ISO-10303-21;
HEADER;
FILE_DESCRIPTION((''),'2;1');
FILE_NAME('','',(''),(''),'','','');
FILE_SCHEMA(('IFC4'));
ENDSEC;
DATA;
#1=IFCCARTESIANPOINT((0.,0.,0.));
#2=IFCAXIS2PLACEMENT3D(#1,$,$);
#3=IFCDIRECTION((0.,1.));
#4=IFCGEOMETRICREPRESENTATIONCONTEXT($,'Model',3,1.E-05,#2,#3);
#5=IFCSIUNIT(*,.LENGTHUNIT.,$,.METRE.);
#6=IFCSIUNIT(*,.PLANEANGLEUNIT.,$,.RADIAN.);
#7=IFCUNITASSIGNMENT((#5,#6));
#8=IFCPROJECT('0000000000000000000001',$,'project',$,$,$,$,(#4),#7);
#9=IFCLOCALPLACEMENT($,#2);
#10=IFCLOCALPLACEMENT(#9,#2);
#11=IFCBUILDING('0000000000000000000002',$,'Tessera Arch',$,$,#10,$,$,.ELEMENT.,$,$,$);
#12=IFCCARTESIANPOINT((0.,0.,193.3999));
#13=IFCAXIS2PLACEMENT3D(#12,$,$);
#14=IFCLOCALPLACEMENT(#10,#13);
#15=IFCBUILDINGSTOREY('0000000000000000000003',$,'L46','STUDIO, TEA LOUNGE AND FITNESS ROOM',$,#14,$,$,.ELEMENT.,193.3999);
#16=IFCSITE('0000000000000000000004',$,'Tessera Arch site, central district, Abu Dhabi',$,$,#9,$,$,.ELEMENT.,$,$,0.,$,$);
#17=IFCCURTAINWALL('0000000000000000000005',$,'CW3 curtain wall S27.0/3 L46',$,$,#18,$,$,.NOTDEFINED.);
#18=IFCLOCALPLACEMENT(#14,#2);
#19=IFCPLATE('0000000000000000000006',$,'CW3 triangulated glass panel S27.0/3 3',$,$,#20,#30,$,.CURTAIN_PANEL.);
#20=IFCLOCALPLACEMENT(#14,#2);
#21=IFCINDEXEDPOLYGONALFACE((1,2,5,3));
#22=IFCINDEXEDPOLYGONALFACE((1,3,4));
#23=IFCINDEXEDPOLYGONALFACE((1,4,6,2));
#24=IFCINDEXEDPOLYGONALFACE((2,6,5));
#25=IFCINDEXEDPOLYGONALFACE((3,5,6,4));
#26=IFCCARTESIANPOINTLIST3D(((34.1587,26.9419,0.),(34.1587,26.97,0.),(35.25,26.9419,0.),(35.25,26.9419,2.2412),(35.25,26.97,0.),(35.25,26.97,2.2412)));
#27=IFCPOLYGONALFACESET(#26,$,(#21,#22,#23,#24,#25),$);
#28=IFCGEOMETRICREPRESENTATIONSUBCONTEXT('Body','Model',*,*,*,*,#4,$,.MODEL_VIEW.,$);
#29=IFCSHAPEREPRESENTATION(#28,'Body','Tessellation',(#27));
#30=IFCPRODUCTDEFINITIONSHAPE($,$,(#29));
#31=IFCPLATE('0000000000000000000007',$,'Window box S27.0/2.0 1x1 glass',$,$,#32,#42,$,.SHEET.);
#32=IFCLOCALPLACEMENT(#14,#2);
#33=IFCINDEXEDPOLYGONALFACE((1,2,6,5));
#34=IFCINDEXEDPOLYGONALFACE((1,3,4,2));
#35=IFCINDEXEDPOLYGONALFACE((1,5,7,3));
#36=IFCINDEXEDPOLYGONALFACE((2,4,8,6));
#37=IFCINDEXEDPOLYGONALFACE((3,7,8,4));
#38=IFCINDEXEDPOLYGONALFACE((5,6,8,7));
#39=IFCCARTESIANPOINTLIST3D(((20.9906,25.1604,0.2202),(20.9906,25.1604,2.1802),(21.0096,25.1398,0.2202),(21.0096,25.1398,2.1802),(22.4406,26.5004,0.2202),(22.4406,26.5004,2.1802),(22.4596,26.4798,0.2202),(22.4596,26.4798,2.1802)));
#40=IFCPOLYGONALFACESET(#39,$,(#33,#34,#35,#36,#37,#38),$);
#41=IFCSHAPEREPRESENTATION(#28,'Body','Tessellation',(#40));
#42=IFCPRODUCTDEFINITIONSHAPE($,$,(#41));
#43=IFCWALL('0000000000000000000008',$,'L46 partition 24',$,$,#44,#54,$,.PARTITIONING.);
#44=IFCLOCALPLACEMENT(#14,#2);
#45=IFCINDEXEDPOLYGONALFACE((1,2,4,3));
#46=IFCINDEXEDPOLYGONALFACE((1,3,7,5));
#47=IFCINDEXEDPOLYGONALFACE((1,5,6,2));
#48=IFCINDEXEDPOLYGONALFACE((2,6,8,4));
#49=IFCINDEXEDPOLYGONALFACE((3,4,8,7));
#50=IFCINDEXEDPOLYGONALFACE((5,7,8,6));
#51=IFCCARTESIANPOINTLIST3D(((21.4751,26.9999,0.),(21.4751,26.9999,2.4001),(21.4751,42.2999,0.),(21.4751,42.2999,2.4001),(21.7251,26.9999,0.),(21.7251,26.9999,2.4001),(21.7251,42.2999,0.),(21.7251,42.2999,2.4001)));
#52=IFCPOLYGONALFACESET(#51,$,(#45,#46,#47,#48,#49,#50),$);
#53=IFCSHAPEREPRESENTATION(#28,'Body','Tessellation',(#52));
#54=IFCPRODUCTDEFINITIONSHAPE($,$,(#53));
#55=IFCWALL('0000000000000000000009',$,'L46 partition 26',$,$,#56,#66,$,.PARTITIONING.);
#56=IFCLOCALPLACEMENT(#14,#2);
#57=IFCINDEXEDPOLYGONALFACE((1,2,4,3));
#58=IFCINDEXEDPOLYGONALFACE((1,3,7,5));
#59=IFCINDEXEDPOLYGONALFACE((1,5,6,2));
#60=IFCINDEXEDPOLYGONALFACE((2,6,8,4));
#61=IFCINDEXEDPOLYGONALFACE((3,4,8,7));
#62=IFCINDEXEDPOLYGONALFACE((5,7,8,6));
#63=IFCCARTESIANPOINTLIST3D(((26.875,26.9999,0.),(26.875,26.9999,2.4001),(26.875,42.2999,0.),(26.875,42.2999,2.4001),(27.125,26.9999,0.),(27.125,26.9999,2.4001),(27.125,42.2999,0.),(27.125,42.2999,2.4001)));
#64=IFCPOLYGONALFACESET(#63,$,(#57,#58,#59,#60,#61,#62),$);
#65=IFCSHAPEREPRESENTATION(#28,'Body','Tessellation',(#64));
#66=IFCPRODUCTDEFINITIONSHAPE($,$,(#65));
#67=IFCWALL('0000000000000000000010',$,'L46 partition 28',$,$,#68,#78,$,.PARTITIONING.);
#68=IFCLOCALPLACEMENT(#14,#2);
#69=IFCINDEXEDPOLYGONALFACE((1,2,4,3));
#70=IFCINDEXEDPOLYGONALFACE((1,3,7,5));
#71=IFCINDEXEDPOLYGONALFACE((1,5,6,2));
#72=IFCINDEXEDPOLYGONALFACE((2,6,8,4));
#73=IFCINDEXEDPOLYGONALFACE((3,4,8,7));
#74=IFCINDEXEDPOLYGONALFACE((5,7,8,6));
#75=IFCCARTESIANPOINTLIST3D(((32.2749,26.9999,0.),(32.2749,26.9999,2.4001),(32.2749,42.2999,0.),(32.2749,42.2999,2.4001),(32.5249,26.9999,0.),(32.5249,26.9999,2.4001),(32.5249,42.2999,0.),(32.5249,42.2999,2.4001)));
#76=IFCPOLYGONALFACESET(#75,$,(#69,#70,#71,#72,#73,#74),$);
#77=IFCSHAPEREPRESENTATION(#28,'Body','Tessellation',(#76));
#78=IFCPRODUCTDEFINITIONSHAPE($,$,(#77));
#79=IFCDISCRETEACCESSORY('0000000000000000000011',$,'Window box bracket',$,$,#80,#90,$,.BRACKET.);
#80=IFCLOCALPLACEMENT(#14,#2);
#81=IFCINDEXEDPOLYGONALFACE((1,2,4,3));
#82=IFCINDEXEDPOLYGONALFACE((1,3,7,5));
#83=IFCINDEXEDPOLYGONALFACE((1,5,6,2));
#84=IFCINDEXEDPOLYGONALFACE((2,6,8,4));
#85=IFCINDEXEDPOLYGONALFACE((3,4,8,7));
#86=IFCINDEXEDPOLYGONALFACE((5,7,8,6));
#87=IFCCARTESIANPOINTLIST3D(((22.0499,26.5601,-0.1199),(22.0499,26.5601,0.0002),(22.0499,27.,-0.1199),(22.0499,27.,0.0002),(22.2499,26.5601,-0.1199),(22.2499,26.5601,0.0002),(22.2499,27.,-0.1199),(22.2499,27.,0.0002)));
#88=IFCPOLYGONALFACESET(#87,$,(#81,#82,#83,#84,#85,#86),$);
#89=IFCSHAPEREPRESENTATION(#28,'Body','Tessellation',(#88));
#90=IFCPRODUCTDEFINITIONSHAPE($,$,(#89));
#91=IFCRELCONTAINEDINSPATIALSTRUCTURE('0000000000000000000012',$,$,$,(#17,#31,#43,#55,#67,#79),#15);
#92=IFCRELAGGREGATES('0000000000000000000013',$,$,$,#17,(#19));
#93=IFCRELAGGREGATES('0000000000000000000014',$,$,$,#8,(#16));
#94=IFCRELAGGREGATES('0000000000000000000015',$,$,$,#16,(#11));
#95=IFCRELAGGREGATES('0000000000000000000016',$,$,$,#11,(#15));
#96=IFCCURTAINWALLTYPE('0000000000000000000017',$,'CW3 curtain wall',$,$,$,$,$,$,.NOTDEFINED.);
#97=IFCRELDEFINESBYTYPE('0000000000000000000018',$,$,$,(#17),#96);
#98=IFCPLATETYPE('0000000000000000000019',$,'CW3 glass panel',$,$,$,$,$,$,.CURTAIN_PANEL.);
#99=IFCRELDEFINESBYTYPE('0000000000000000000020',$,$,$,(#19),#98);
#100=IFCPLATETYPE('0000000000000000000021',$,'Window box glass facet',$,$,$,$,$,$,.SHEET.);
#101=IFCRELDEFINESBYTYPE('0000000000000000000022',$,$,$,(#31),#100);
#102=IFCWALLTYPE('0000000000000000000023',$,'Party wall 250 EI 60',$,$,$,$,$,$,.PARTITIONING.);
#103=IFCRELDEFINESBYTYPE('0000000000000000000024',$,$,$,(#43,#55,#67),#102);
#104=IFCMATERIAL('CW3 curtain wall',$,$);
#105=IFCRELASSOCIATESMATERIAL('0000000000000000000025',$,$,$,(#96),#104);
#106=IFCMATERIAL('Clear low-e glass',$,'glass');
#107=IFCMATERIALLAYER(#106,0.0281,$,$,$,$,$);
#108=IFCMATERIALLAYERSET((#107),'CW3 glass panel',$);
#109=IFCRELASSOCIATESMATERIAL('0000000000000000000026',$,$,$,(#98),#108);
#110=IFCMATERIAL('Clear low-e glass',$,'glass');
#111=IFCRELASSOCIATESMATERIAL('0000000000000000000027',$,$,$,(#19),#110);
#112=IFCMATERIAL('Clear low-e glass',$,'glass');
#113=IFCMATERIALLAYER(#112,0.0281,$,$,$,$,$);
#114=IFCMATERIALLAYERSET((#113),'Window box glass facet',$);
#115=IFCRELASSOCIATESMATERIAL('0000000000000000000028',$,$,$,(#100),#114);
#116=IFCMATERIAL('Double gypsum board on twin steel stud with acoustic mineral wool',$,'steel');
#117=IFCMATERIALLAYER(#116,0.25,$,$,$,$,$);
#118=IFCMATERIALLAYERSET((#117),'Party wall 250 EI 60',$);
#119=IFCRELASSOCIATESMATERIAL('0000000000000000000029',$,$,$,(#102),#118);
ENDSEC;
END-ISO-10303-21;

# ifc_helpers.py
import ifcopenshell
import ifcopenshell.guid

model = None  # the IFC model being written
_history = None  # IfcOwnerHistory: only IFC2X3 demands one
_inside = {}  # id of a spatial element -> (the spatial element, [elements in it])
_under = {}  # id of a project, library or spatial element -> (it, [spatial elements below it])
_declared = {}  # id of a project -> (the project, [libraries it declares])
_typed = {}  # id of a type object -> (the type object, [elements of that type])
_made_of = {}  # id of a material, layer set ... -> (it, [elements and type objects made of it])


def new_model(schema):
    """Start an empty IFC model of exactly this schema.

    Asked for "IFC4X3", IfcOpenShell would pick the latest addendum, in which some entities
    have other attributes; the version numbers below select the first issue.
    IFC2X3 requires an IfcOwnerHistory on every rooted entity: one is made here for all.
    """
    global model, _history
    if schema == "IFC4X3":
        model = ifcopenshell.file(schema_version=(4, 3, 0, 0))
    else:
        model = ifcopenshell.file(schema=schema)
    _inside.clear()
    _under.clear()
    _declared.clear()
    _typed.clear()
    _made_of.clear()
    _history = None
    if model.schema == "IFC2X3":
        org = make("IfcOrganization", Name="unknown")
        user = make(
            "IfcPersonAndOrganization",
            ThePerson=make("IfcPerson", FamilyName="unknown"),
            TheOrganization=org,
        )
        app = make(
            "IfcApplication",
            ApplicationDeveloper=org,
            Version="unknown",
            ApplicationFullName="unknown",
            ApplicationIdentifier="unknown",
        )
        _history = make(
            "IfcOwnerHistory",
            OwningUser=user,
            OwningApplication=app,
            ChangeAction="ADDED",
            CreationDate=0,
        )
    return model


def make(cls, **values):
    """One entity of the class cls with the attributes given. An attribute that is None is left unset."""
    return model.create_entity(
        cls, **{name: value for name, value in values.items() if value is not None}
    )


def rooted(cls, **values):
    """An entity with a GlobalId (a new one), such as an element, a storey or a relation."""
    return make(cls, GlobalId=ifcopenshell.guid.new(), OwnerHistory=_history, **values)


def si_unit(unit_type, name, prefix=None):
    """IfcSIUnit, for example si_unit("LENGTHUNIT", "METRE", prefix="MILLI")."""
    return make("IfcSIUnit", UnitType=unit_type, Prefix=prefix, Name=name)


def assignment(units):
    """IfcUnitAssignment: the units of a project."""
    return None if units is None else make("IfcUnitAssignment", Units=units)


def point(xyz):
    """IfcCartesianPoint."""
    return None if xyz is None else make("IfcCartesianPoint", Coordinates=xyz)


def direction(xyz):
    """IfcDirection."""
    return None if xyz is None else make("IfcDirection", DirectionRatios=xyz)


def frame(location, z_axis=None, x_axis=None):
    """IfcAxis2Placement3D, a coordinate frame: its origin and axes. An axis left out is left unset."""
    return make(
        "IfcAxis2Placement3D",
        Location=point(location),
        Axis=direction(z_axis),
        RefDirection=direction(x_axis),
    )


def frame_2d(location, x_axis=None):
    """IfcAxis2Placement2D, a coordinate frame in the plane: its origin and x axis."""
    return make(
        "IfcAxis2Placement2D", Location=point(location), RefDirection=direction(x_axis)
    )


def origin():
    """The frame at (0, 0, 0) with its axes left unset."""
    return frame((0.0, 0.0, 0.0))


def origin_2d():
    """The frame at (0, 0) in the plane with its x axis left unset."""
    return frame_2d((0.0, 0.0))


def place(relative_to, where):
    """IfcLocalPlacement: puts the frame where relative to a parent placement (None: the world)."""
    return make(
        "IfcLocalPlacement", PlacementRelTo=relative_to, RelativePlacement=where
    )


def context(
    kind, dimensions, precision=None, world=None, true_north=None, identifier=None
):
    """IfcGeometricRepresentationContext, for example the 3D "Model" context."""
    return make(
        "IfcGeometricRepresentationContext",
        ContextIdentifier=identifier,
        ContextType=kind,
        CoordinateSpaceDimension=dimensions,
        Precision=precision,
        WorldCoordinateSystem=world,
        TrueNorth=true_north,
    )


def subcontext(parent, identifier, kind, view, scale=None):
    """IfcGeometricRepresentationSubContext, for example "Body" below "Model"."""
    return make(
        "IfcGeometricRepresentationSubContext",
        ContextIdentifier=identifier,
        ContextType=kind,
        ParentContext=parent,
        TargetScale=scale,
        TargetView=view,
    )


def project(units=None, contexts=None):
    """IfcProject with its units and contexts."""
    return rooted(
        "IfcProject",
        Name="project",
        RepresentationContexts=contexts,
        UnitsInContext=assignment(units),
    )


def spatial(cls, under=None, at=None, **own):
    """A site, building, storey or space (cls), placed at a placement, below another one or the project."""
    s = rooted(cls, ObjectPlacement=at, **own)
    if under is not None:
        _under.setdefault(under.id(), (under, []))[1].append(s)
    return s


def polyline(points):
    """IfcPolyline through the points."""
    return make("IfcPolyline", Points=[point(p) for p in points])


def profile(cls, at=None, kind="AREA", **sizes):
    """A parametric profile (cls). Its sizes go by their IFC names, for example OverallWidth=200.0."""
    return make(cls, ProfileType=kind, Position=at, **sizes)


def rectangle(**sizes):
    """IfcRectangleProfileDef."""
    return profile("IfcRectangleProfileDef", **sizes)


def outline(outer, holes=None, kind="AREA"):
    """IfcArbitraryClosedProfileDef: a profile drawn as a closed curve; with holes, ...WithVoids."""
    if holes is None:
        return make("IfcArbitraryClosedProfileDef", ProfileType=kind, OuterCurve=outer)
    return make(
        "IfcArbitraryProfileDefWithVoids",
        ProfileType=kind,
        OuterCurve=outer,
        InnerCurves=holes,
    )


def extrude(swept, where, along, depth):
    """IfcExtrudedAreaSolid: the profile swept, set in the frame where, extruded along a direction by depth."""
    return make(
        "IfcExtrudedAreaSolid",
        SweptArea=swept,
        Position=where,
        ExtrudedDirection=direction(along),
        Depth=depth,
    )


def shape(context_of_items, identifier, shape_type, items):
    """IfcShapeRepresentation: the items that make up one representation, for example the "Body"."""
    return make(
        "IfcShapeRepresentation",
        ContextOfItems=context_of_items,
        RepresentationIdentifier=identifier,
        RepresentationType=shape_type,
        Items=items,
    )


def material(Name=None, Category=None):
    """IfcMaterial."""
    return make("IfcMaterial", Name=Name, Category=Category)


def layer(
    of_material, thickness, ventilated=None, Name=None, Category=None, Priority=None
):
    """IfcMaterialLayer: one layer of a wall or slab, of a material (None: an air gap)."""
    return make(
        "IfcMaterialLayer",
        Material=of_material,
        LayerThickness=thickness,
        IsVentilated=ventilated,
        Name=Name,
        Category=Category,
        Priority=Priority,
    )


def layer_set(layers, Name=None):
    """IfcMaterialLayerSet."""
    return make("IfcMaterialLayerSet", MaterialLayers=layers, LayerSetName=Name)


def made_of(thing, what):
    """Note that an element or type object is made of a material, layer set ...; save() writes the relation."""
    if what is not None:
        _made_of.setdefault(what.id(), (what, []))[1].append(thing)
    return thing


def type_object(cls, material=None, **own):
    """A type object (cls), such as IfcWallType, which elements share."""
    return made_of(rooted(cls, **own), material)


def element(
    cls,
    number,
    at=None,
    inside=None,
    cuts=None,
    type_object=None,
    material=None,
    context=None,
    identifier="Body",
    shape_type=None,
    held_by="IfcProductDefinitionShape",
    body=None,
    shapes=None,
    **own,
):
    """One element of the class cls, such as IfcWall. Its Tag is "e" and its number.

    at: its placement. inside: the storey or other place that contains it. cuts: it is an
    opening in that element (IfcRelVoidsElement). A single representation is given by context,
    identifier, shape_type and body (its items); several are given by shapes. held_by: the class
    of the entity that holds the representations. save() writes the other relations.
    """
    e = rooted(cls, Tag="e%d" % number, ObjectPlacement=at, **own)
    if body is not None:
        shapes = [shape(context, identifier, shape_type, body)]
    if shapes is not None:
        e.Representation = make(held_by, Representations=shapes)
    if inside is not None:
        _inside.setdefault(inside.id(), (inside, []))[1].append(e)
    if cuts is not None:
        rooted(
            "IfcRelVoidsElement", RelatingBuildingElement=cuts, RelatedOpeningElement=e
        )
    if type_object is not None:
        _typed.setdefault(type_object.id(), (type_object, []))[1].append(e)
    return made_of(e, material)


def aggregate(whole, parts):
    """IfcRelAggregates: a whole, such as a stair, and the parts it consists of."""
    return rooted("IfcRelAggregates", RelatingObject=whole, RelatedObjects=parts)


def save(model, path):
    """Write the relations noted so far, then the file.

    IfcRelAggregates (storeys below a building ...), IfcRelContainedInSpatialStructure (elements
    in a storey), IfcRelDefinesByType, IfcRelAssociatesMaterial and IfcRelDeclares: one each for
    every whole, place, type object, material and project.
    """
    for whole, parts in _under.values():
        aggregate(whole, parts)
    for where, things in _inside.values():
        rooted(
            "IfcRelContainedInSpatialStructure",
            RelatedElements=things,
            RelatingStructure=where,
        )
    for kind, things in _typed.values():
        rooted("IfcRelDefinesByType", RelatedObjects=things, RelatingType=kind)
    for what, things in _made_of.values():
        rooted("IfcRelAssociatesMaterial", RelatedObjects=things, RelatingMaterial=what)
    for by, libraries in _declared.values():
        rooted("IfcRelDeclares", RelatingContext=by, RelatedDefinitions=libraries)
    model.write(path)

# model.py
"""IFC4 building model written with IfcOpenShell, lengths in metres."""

from ifc_helpers import new_model, si_unit, direction, frame, frame_2d, origin, origin_2d, place, context, subcontext, project, spatial, polyline, rectangle, outline, extrude, material, layer, layer_set, type_object, element, aggregate, save


model = new_model("IFC4")

# Units and contexts
model_context = context("Model", 3, precision=1e-05, world=origin(), true_north=direction((0.0, 1.0)))
body_context = subcontext(model_context, "Body", "Model", "MODEL_VIEW")
ifc_project = project(units=[si_unit("LENGTHUNIT", "METRE"), si_unit("PLANEANGLEUNIT", "RADIAN")], contexts=[model_context])

# Site, building, storey
site_placement = place(None, origin())
site = spatial("IfcSite", under=ifc_project, at=site_placement, Name="Tessera Arch site, central district, Abu Dhabi", CompositionType="ELEMENT", RefElevation=0.0)
building_placement = place(site_placement, origin())
building = spatial("IfcBuilding", under=site, at=building_placement, Name="Tessera Arch", CompositionType="ELEMENT")
storey_placement = place(building_placement, frame((0.0, 0.0, 193.3999)))
storey = spatial("IfcBuildingStorey", under=building, at=storey_placement, Name="L46", Description="STUDIO, TEA LOUNGE AND FITNESS ROOM", CompositionType="ELEMENT", Elevation=193.3999)

# Curtain wall
ifc_material_1 = material(Name="CW3 curtain wall")
curtain_wall_type_1 = type_object("IfcCurtainWallType", Name="CW3 curtain wall", PredefinedType="NOTDEFINED", material=ifc_material_1)
curtain_wall_1_placement = place(storey_placement, origin())
curtain_wall_1 = element("IfcCurtainWall", 1, at=curtain_wall_1_placement, inside=storey, type_object=curtain_wall_type_1, Name="CW3 curtain wall S27.0/3 L46", PredefinedType="NOTDEFINED")

# Plates
ifc_material_2 = material(Name="Clear low-e glass", Category="glass")
ifc_material_3 = material(Name="Clear low-e glass", Category="glass")
ifc_layer_1 = layer(ifc_material_3, 0.0281)
ifc_layer_set_1 = layer_set([ifc_layer_1], Name="CW3 glass panel")
plate_type_1 = type_object("IfcPlateType", Name="CW3 glass panel", PredefinedType="CURTAIN_PANEL", material=ifc_layer_set_1)
plate_1_placement = place(storey_placement, frame((35.25, 26.9419, 0.0), z_axis=(0.0, -1.0, 0.0), x_axis=(0.0, 0.0, 1.0)))
plate_1 = element("IfcPlate", 2, at=plate_1_placement, type_object=plate_type_1, material=ifc_material_2, Name="CW3 triangulated glass panel S27.0/3 3", PredefinedType="CURTAIN_PANEL", context=body_context, shape_type="SweptSolid", body=[
    extrude(outline(polyline([(0.0, 0.0), (2.2412, 0.0), (0.0, 1.0913), (0.0, 0.0)])), origin(), (0.0, 0.0, -1.0), 0.0281),
])
aggregate(curtain_wall_1, [plate_1])
ifc_material_4 = material(Name="Clear low-e glass", Category="glass")
ifc_layer_2 = layer(ifc_material_4, 0.0281)
ifc_layer_set_2 = layer_set([ifc_layer_2], Name="Window box glass facet")
plate_type_2 = type_object("IfcPlateType", Name="Window box glass facet", PredefinedType="SHEET", material=ifc_layer_set_2)
plate_2_placement = place(storey_placement, frame((21.7251, 25.8201, 0.2202), z_axis=(0.0, 0.0, 1.0), x_axis=(-0.734415, -0.678701, 0.0)))
element("IfcPlate", 3, at=plate_2_placement, inside=storey, type_object=plate_type_2, Name="Window box S27.0/2.0 1x1 glass", PredefinedType="SHEET", context=body_context, shape_type="SweptSolid", body=[
    extrude(rectangle(XDim=1.9744, YDim=0.0281, at=origin_2d()), origin(), (0.0, 0.0, 1.0), 1.96),
])

# Walls
ifc_material_5 = material(Name="Double gypsum board on twin steel stud with acoustic mineral wool", Category="steel")
ifc_layer_3 = layer(ifc_material_5, 0.25)
ifc_layer_set_3 = layer_set([ifc_layer_3], Name="Party wall 250 EI 60")
wall_type = type_object("IfcWallType", Name="Party wall 250 EI 60", PredefinedType="PARTITIONING", material=ifc_layer_set_3)
for number, where, z_axis, x_axis, name in (
    (4, (21.6001, 27.0, 0.0), (0.0, 0.0, 1.0), (0.0, 1.0, 0.0), "L46 partition 24"),
    (5, (27.0, 27.0, 0.0), (0.0, 0.0, 1.0), (0.0, 1.0, 0.0), "L46 partition 26"),
    (6, (32.3999, 27.0, 0.0), (0.0, 0.0, 1.0), (0.0, 1.0, 0.0), "L46 partition 28"),
):
    element("IfcWall", number, at=place(storey_placement, frame(where, z_axis=z_axis, x_axis=x_axis)), inside=storey, type_object=wall_type, Name=name, PredefinedType="PARTITIONING", context=body_context, shape_type="SweptSolid", body=[
        extrude(rectangle(XDim=15.3, YDim=0.25, at=frame_2d((7.6499, 0.0))), origin(), (0.0, 0.0, 1.0), 2.4001),
    ])

# Discrete accessory
discrete_accessory_placement = place(storey_placement, frame((22.1499, 26.78, -0.1199), z_axis=(0.0, 0.0, 1.0), x_axis=(0.0, -1.0, 0.0)))
element("IfcDiscreteAccessory", 7, at=discrete_accessory_placement, inside=storey, Name="Window box bracket", PredefinedType="BRACKET", context=body_context, shape_type="SweptSolid", body=[
    extrude(rectangle(XDim=0.4399, YDim=0.2, at=origin_2d()), origin(), (0.0, 0.0, 1.0), 0.1201),
])

save(model, "model.ifc")
